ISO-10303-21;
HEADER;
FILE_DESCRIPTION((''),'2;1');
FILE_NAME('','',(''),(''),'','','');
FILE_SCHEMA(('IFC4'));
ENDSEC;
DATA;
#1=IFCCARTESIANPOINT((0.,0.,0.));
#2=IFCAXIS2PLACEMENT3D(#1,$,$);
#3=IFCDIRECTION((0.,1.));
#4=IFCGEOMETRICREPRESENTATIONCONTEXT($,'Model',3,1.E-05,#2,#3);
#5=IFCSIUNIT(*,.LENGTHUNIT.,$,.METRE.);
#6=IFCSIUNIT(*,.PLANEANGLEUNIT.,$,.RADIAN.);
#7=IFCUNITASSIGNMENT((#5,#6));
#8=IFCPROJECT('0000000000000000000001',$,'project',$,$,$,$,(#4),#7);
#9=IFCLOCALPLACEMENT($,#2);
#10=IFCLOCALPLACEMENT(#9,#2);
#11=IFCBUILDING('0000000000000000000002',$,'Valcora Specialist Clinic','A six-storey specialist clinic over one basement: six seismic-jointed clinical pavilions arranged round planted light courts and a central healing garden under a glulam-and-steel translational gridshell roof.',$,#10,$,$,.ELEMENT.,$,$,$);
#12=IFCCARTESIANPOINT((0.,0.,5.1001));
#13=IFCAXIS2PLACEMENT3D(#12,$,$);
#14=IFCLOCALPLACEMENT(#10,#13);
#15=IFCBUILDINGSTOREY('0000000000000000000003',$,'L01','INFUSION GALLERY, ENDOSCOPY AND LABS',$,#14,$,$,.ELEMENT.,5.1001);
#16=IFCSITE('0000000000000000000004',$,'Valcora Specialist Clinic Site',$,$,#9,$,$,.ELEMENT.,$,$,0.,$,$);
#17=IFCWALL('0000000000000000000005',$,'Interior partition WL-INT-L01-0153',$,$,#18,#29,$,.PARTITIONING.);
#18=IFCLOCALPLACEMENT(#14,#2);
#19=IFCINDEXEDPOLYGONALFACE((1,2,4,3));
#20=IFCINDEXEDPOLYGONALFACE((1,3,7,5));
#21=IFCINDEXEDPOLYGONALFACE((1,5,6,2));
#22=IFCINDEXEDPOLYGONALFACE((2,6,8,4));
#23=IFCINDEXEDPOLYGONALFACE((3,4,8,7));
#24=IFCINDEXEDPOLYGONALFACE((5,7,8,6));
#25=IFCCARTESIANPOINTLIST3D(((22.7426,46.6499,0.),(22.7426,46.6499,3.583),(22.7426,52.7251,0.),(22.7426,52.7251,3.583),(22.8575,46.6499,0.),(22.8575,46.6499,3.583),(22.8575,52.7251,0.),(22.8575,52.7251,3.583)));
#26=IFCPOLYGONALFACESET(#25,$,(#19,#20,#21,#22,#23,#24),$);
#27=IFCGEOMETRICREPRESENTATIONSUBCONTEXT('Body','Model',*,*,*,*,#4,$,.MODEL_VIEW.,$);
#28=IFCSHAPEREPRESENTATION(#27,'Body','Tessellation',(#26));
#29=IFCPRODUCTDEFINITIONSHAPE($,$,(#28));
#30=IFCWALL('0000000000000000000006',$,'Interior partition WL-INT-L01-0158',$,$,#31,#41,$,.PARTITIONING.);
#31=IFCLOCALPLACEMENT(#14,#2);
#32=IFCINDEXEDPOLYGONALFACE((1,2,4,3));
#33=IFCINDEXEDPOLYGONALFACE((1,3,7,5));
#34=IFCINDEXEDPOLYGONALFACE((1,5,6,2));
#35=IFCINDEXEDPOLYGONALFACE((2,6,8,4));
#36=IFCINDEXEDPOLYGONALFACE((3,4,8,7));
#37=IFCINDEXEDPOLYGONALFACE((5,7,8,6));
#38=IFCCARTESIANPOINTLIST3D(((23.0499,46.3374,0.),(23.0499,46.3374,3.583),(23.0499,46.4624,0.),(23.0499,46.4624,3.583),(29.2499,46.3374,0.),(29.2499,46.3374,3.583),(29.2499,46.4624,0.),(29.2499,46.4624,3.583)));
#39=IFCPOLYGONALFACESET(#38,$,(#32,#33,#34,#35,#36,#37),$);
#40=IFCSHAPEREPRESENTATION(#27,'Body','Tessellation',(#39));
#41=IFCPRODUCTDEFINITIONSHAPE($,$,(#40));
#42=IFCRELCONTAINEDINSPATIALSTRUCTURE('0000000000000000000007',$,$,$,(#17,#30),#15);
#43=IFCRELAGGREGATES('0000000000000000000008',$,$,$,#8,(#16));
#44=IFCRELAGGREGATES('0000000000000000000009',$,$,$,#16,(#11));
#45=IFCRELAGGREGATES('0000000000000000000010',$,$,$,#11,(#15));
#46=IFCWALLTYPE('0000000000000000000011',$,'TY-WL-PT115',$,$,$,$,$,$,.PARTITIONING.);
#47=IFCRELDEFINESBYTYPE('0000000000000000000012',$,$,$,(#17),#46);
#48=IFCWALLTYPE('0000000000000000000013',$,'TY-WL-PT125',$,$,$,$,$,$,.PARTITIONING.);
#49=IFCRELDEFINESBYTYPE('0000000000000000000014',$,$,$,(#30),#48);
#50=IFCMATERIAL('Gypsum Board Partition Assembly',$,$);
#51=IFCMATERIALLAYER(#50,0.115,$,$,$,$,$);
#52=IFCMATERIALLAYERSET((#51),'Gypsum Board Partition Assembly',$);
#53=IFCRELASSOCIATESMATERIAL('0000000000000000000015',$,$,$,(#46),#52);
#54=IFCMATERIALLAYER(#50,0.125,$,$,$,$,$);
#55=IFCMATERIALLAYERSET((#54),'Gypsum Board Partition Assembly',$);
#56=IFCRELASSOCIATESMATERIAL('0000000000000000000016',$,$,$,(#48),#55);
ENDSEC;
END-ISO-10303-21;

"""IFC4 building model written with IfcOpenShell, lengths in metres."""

from ifc_helpers import new_model, si_unit, direction, frame, frame_2d, origin, place, context, subcontext, project, spatial, rectangle, extrude, material, layer, layer_set, type_object, element, save


model = new_model("IFC4")

# Units and contexts
model_context = context("Model", 3, precision=1e-05, world=origin(), true_north=direction((0.0, 1.0)))
body_context = subcontext(model_context, "Body", "Model", "MODEL_VIEW")
ifc_project = project(units=[si_unit("LENGTHUNIT", "METRE"), si_unit("PLANEANGLEUNIT", "RADIAN")], contexts=[model_context])

# Site, building, storey
site_placement = place(None, origin())
site = spatial("IfcSite", under=ifc_project, at=site_placement, Name="Valcora Specialist Clinic Site", CompositionType="ELEMENT", RefElevation=0.0)
building_placement = place(site_placement, origin())
building = spatial("IfcBuilding", under=site, at=building_placement, Name="Valcora Specialist Clinic", Description="A six-storey specialist clinic over one basement: six seismic-jointed clinical pavilions arranged round planted light courts and a central healing garden under a glulam-and-steel translational gridshell roof.", CompositionType="ELEMENT")
storey_placement = place(building_placement, frame((0.0, 0.0, 5.1001)))
storey = spatial("IfcBuildingStorey", under=building, at=storey_placement, Name="L01", Description="INFUSION GALLERY, ENDOSCOPY AND LABS", CompositionType="ELEMENT", Elevation=5.1001)

# Walls
ifc_material_1 = material(Name="Gypsum Board Partition Assembly")
ifc_layer_1 = layer(ifc_material_1, 0.115)
ifc_layer_set_1 = layer_set([ifc_layer_1], Name="Gypsum Board Partition Assembly")
wall_type_1 = type_object("IfcWallType", Name="TY-WL-PT115", PredefinedType="PARTITIONING", material=ifc_layer_set_1)
wall_1_placement = place(storey_placement, frame((22.8, 46.6499, 0.0), z_axis=(0.0, 0.0, 1.0), x_axis=(0.0, 1.0, 0.0)))
element("IfcWall", 1, at=wall_1_placement, inside=storey, type_object=wall_type_1, Name="Interior partition WL-INT-L01-0153", PredefinedType="PARTITIONING", context=body_context, shape_type="SweptSolid", body=[
    extrude(rectangle(XDim=6.0752, YDim=0.115, at=frame_2d((3.0376, 0.0))), origin(), (0.0, 0.0, 1.0), 3.583),
])
ifc_layer_2 = layer(ifc_material_1, 0.125)
ifc_layer_set_2 = layer_set([ifc_layer_2], Name="Gypsum Board Partition Assembly")
wall_type_2 = type_object("IfcWallType", Name="TY-WL-PT125", PredefinedType="PARTITIONING", material=ifc_layer_set_2)
wall_2_placement = place(storey_placement, frame((29.25, 46.3999, 0.0), z_axis=(0.0, 0.0, 1.0), x_axis=(-1.0, 0.0, 0.0)))
element("IfcWall", 2, at=wall_2_placement, inside=storey, type_object=wall_type_2, Name="Interior partition WL-INT-L01-0158", PredefinedType="PARTITIONING", context=body_context, shape_type="SweptSolid", body=[
    extrude(rectangle(XDim=6.2, YDim=0.125, at=frame_2d((3.1001, 0.0))), origin(), (0.0, 0.0, 1.0), 3.583),
])

save(model, "model.ifc")
